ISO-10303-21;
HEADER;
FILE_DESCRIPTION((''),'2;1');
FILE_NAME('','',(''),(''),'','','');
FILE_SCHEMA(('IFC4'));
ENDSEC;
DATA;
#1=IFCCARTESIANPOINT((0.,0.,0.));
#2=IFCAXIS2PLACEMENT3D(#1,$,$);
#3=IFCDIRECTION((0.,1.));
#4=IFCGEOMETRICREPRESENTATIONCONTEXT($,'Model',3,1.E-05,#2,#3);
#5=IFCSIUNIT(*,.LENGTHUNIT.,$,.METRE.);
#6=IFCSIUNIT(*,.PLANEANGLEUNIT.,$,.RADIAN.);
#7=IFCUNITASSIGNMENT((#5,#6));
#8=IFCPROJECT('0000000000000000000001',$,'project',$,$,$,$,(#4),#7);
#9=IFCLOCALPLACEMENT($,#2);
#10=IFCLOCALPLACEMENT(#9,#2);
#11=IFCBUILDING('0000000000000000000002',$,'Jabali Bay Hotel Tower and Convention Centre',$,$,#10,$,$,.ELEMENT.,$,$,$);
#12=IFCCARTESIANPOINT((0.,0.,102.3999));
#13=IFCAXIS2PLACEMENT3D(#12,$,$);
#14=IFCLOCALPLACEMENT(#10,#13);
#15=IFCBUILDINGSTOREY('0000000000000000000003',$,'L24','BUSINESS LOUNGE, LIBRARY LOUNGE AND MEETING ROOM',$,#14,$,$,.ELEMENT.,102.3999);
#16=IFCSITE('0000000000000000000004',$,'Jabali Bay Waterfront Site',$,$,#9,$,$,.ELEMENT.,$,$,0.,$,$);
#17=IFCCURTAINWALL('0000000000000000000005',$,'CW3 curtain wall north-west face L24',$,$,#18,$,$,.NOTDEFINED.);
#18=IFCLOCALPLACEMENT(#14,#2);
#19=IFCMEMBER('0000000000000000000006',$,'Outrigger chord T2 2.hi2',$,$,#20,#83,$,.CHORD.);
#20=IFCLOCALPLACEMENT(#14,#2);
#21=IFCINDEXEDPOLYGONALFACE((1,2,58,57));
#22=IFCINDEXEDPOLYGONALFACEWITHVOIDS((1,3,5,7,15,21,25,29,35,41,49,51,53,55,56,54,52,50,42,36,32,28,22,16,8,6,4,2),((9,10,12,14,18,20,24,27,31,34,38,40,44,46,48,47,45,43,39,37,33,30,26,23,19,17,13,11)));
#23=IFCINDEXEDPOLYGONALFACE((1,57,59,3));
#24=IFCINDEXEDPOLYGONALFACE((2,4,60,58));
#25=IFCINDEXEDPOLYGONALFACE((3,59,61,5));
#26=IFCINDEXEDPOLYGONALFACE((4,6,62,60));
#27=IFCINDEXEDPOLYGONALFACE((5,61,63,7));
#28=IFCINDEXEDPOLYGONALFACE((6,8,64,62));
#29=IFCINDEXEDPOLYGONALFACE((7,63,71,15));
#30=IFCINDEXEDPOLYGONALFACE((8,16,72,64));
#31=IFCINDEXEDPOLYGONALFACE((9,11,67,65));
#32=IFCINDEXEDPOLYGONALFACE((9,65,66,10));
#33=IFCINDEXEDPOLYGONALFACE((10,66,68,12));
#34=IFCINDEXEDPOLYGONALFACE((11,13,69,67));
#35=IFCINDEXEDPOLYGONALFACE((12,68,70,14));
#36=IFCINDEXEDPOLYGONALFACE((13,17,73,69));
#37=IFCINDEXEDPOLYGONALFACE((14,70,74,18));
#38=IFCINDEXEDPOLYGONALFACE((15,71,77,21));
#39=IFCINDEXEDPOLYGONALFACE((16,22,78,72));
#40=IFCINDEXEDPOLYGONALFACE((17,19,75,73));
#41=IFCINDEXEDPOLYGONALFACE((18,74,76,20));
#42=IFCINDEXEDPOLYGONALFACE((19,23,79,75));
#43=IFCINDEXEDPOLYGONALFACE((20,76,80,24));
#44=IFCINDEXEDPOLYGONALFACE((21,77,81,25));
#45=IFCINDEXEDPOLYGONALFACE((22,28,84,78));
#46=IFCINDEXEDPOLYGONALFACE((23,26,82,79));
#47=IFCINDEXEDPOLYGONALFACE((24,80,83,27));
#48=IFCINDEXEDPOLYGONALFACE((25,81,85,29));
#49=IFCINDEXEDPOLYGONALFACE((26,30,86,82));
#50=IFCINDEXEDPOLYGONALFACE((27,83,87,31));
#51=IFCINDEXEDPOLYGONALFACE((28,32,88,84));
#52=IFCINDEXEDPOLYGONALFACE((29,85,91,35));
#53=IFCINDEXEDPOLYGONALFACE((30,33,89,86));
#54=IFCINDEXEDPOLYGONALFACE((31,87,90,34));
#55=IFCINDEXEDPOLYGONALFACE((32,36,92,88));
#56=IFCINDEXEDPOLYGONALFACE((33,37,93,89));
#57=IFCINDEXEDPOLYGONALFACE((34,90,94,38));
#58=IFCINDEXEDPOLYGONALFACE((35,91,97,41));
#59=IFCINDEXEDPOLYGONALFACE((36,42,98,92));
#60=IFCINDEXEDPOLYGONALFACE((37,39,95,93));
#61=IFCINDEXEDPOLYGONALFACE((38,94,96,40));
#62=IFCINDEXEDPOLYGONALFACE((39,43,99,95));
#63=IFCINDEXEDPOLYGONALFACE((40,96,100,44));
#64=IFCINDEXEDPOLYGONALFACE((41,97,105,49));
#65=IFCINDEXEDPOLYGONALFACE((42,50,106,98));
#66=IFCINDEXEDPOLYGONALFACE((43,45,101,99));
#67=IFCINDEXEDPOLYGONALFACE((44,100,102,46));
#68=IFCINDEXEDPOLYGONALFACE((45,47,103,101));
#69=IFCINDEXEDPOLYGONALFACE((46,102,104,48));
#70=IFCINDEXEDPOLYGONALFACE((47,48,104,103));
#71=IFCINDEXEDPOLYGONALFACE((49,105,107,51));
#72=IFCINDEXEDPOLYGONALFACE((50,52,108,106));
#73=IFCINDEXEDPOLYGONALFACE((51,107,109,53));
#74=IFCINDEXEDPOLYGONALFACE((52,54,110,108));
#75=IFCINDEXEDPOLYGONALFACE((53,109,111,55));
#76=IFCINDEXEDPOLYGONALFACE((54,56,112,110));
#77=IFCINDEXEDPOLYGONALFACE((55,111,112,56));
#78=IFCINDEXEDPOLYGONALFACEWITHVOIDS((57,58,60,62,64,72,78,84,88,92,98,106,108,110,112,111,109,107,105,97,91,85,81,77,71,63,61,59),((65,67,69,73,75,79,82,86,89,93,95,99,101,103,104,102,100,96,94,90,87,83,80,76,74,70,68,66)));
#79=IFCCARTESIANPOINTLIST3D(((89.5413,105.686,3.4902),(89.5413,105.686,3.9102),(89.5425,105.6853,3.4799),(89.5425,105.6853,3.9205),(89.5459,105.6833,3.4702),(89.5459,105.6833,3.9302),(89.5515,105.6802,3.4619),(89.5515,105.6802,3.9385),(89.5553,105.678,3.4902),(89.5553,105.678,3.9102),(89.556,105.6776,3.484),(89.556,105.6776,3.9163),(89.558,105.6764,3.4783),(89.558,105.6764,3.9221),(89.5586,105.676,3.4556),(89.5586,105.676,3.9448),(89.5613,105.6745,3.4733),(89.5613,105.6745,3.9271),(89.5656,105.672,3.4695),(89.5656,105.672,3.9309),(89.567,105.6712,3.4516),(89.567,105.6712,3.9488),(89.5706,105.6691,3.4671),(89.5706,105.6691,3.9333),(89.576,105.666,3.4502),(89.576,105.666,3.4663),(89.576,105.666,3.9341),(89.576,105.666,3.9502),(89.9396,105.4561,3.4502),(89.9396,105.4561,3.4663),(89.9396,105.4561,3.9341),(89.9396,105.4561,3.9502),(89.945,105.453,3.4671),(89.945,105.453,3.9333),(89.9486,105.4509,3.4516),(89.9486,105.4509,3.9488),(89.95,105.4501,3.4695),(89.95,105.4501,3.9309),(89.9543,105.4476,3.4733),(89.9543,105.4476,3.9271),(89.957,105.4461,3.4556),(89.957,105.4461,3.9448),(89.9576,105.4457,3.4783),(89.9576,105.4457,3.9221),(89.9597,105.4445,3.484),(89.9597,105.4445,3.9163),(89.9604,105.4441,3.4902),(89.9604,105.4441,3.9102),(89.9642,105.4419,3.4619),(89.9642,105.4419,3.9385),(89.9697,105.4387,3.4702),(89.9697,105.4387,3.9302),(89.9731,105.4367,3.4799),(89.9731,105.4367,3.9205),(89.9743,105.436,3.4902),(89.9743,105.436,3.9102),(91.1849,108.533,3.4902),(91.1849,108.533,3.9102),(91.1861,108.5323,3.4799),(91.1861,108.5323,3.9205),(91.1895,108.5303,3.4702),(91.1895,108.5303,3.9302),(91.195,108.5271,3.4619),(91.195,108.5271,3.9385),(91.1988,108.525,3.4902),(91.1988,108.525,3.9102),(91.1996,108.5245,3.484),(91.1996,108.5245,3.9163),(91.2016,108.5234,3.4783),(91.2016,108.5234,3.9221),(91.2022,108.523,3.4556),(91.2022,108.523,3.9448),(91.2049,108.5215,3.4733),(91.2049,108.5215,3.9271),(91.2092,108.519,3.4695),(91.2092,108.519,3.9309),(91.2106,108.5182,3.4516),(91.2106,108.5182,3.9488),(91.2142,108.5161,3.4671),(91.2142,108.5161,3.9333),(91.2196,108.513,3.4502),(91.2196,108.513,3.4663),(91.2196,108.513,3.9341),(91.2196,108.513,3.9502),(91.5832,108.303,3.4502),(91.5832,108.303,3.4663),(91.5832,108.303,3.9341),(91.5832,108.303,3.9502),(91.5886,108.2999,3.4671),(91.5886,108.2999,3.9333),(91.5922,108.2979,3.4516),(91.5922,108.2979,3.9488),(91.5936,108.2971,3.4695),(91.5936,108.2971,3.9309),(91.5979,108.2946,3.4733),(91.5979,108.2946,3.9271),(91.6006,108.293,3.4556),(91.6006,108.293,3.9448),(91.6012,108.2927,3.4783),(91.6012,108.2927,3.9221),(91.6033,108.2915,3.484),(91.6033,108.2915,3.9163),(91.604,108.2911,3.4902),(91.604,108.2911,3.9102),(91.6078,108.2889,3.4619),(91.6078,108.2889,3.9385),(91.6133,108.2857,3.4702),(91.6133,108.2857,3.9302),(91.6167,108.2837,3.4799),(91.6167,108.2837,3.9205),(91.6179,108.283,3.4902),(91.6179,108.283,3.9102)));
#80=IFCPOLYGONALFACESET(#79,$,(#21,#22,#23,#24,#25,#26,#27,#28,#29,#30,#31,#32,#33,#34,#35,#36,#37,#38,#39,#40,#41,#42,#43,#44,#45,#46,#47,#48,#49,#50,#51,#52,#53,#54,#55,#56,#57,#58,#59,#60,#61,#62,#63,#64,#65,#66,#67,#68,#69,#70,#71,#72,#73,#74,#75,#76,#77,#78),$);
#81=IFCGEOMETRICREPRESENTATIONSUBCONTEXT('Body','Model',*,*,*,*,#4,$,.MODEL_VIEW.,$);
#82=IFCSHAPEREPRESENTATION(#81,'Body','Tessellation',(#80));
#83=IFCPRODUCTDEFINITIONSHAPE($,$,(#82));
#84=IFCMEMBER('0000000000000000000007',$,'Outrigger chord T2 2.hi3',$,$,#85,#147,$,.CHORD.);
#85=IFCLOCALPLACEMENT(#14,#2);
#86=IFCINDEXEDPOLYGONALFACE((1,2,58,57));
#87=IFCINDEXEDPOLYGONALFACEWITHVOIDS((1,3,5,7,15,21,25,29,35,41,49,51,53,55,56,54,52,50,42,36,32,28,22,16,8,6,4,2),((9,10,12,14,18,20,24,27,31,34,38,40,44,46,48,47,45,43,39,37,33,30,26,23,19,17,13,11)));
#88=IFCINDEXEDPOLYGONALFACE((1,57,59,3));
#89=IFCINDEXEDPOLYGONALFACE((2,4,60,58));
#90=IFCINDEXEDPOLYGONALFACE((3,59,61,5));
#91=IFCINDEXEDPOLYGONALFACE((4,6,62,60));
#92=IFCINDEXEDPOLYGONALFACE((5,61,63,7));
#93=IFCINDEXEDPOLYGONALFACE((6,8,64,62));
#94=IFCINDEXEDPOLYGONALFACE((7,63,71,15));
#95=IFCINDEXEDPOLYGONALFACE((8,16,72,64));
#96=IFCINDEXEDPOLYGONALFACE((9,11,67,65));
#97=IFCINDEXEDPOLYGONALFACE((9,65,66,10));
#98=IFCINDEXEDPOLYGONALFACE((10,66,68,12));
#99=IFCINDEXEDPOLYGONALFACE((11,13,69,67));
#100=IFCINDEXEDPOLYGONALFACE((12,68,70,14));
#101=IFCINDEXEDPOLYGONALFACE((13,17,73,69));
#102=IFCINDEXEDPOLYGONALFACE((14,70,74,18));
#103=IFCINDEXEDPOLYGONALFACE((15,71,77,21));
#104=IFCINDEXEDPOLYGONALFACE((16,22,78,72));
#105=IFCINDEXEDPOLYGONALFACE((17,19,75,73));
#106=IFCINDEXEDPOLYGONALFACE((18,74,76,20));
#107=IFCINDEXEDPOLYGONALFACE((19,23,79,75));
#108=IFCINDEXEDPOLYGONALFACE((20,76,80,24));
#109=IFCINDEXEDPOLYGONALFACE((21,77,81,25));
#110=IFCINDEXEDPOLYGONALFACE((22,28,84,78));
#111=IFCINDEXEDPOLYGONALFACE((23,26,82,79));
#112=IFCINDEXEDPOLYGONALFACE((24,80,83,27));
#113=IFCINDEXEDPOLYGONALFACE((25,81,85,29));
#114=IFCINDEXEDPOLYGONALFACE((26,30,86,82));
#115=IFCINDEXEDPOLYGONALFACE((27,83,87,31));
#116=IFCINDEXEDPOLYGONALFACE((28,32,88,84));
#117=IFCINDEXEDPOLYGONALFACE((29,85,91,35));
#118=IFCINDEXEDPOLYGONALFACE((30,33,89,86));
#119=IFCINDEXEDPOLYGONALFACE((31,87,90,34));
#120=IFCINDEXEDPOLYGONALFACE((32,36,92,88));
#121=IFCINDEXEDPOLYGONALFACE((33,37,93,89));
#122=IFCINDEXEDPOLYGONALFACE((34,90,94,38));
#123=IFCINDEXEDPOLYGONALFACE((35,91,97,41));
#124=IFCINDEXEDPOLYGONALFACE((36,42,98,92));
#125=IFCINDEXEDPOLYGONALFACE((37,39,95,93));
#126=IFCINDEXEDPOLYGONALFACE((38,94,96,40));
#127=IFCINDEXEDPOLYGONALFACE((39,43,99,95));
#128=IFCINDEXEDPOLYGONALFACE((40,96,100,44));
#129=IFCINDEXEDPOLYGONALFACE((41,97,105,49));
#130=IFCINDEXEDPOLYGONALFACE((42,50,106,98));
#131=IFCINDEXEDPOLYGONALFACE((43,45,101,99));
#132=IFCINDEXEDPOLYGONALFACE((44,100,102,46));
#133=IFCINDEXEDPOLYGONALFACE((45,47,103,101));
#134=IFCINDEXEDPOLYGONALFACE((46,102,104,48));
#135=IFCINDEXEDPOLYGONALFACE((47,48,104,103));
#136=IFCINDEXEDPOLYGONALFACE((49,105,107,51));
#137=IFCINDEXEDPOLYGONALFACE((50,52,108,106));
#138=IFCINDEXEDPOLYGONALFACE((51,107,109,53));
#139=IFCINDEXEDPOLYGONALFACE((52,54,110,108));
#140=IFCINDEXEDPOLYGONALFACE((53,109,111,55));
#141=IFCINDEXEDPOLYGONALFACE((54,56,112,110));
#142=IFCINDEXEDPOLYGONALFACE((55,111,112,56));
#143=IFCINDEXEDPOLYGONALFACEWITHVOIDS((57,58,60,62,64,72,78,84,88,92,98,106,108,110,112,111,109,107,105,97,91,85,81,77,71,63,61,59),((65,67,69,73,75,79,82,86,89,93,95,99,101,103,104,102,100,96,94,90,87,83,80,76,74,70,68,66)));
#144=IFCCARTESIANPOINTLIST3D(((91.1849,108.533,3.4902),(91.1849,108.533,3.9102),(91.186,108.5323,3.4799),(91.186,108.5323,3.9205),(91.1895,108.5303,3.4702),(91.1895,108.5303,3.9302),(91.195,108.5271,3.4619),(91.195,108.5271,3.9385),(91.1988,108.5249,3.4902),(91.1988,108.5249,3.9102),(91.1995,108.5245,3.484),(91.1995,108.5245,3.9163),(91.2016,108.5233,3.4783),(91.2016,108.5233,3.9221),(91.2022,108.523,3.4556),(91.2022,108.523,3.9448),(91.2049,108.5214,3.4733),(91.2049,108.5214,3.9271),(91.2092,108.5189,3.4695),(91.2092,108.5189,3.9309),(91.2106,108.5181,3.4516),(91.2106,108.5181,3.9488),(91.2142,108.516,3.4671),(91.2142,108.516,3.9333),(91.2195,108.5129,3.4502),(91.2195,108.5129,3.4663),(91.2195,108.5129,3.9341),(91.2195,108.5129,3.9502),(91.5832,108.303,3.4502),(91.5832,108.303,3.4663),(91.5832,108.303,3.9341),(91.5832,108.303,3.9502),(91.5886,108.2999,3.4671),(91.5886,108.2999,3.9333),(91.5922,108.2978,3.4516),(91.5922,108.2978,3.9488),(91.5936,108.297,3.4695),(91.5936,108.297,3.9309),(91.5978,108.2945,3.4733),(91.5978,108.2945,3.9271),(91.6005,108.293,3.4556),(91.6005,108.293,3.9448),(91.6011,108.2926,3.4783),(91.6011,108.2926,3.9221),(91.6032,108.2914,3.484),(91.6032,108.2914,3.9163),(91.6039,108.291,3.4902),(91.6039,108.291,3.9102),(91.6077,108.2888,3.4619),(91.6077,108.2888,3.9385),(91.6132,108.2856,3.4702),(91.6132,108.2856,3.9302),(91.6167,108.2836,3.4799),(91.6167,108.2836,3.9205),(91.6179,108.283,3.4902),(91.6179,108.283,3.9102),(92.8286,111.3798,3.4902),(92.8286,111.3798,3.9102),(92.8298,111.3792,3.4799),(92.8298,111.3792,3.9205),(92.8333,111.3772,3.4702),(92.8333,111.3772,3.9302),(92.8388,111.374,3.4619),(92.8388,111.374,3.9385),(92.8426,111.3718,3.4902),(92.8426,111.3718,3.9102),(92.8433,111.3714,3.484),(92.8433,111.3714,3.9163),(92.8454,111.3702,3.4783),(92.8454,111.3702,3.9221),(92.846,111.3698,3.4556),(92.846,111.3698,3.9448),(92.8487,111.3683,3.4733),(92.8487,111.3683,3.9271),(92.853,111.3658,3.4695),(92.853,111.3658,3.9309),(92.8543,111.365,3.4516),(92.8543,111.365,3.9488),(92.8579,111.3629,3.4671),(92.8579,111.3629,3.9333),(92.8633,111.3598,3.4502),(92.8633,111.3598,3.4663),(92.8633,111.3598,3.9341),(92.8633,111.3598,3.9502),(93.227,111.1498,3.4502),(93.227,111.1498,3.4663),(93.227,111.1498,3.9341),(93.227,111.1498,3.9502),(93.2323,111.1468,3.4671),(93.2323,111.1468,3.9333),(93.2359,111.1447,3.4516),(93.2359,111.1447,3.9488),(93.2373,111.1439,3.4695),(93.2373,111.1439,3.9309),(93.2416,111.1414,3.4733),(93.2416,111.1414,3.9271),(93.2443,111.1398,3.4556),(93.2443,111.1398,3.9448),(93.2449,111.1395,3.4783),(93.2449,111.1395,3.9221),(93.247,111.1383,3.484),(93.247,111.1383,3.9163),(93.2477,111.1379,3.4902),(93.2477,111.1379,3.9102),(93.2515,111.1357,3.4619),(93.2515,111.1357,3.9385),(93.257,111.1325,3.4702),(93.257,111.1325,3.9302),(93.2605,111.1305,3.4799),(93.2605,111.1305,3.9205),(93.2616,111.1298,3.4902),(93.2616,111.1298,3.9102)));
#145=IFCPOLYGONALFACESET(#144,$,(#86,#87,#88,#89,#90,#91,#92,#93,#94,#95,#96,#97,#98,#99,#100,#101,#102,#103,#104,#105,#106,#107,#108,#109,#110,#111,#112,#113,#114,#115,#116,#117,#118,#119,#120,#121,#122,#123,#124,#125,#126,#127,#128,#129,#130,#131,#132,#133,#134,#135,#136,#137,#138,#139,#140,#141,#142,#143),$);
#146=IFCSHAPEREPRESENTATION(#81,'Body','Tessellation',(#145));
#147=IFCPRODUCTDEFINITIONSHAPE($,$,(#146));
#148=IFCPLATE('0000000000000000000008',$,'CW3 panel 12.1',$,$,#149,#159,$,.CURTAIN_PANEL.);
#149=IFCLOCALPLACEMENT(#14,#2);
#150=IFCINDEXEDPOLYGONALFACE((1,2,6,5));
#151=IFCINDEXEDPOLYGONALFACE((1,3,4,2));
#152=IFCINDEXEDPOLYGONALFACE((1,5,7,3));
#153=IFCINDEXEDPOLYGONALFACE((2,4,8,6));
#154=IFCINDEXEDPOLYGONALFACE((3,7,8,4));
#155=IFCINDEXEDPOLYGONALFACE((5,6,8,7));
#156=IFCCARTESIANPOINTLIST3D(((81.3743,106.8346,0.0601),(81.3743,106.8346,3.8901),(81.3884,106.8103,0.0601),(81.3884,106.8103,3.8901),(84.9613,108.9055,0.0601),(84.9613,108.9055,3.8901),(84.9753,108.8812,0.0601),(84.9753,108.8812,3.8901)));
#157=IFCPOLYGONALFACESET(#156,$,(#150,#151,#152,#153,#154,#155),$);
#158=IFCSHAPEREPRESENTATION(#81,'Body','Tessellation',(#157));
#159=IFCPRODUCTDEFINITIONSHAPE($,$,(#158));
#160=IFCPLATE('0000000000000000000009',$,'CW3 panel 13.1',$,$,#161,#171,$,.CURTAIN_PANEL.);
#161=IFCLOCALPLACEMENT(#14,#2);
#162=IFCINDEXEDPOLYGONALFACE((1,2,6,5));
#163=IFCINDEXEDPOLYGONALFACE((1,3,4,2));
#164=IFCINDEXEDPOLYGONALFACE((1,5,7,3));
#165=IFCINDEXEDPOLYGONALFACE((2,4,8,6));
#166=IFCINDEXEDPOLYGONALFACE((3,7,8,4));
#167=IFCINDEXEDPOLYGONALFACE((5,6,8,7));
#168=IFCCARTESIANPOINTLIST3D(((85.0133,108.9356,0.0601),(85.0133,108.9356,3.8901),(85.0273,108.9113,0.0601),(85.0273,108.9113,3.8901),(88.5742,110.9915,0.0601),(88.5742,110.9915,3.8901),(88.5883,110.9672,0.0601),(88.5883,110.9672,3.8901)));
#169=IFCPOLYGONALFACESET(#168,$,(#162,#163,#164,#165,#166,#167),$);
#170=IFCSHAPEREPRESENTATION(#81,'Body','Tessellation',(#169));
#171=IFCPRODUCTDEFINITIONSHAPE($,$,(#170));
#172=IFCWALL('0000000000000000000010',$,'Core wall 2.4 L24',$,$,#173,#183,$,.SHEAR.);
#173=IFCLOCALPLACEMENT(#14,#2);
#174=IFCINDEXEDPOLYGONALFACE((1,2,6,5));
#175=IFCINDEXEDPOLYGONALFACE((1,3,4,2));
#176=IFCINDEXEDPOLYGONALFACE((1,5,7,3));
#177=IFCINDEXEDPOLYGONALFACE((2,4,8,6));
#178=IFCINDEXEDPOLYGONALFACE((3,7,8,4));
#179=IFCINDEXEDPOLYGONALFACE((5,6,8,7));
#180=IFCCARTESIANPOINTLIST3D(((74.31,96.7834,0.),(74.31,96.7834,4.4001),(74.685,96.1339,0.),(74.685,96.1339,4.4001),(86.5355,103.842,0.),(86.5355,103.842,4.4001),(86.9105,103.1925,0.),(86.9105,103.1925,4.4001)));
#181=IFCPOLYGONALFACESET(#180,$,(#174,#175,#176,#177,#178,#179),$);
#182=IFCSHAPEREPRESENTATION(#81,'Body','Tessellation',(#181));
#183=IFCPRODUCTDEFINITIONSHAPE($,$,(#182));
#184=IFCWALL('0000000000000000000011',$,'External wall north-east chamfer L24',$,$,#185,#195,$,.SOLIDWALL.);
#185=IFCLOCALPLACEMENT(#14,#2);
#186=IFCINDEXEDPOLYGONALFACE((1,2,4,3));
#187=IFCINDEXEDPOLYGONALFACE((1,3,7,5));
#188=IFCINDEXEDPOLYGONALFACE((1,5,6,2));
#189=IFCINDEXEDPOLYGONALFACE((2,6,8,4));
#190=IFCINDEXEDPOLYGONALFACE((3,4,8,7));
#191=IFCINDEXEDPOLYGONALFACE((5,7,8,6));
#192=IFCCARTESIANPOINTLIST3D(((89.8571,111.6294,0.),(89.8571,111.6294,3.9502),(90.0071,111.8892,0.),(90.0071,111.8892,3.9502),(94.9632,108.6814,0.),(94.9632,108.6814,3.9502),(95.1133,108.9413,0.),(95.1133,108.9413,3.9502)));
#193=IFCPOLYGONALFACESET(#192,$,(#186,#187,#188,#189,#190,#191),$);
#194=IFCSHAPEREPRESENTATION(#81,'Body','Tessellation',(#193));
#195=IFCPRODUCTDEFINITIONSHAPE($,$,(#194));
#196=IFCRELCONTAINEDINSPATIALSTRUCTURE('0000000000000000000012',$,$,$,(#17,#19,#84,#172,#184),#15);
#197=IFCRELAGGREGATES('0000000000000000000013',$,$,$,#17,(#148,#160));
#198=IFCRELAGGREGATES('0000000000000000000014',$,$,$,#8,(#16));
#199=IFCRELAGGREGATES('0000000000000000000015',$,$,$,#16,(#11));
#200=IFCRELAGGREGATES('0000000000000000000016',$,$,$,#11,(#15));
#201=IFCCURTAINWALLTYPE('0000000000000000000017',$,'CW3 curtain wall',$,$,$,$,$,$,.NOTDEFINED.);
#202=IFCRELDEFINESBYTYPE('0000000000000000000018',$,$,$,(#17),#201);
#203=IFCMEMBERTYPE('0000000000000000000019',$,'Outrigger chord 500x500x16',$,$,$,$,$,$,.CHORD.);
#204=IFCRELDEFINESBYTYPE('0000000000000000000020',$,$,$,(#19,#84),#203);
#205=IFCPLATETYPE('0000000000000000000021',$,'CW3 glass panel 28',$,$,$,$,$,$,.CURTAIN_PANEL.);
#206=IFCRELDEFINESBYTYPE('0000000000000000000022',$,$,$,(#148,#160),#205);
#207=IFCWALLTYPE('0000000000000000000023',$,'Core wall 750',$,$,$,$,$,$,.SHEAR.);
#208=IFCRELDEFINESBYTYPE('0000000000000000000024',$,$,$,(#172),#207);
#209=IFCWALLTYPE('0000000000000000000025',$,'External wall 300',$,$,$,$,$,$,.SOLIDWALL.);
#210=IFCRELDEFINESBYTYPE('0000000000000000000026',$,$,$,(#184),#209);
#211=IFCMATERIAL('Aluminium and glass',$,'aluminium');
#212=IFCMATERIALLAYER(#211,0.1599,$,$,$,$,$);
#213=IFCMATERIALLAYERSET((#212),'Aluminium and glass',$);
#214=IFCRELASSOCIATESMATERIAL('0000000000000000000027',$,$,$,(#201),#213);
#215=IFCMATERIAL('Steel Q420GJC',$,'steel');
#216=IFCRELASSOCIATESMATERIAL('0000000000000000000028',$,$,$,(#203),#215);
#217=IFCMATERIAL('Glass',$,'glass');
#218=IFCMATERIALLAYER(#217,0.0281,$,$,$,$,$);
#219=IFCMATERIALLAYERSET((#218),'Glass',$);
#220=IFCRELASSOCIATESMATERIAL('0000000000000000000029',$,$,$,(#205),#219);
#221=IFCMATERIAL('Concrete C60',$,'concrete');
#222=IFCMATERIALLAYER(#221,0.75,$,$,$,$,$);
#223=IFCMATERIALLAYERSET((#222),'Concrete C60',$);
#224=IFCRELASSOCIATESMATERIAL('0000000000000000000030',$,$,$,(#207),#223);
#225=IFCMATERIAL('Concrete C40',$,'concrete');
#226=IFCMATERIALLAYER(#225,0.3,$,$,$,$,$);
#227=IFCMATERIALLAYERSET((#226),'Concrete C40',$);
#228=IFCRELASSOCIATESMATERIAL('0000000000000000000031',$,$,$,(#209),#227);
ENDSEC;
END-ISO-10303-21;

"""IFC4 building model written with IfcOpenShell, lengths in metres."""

from ifc_helpers import new_model, si_unit, direction, frame, frame_2d, origin, origin_2d, place, context, subcontext, project, spatial, rectangle, hollow_rectangle, extrude, material, layer, layer_set, material_profile, profile_set, type_object, element, aggregate, save


model = new_model("IFC4")

# Units and contexts
model_context = context("Model", 3, precision=1e-05, world=origin(), true_north=direction((0.0, 1.0)))
body_context = subcontext(model_context, "Body", "Model", "MODEL_VIEW")
ifc_project = project(units=[si_unit("LENGTHUNIT", "METRE"), si_unit("PLANEANGLEUNIT", "RADIAN")], contexts=[model_context])

# Site, building, storey
site_placement = place(None, origin())
site = spatial("IfcSite", under=ifc_project, at=site_placement, Name="Jabali Bay Waterfront Site", CompositionType="ELEMENT", RefElevation=0.0)
building_placement = place(site_placement, origin())
building = spatial("IfcBuilding", under=site, at=building_placement, Name="Jabali Bay Hotel Tower and Convention Centre", CompositionType="ELEMENT")
storey_placement = place(building_placement, frame((0.0, 0.0, 102.3999)))
storey = spatial("IfcBuildingStorey", under=building, at=storey_placement, Name="L24", Description="BUSINESS LOUNGE, LIBRARY LOUNGE AND MEETING ROOM", CompositionType="ELEMENT", Elevation=102.3999)

# Shared definitions
ifc_material_1 = material(Name="Concrete C60", Category="concrete")

# Shared definitions
ifc_material_2 = material(Name="Steel Q420GJC", Category="steel")

# Curtain wall
ifc_material_3 = material(Name="Aluminium and glass", Category="aluminium")
ifc_layer_1 = layer(ifc_material_3, 0.1599)
ifc_layer_set_1 = layer_set([ifc_layer_1], Name="Aluminium and glass")
curtain_wall_type = type_object("IfcCurtainWallType", Name="CW3 curtain wall", PredefinedType="NOTDEFINED", material=ifc_layer_set_1)
curtain_wall_placement = place(storey_placement, origin())
curtain_wall = element("IfcCurtainWall", 1, at=curtain_wall_placement, inside=storey, type_object=curtain_wall_type, Name="CW3 curtain wall north-west face L24", PredefinedType="NOTDEFINED")

# Members
ifc_material_profile_1 = material_profile(ifc_material_2, hollow_rectangle(XDim=0.5, YDim=0.5, WallThickness=0.0161, InnerFilletRadius=0.0239, OuterFilletRadius=0.04, at=origin_2d()), Name="Outrigger chord 500x500x16")
ifc_profile_set_1 = profile_set([ifc_material_profile_1], Name="Steel Q420GJC")
member_type_1 = type_object("IfcMemberType", Name="Outrigger chord 500x500x16", PredefinedType="CHORD", material=ifc_profile_set_1)
for number, where, z_axis, x_axis, name in (
    (2, (89.7578, 105.561, 3.7002), (0.499973, 0.866041, 0.0), (-0.866041, 0.499973, 0.0), "Outrigger chord T2 2.hi2"),
    (3, (91.4014, 108.408, 3.7002), (0.500029, 0.866009, 0.0), (-0.866009, 0.500029, 0.0), "Outrigger chord T2 2.hi3"),
):
    element("IfcMember", number, at=place(storey_placement, frame(where, z_axis=z_axis, x_axis=x_axis)), inside=storey, type_object=member_type_1, Name=name, PredefinedType="CHORD", context=body_context, shape_type="SweptSolid", body=[
        extrude(hollow_rectangle(XDim=0.5, YDim=0.5, WallThickness=0.0161, InnerFilletRadius=0.0239, OuterFilletRadius=0.04, at=origin_2d()), origin(), (0.0, 0.0, 1.0), 3.2874),
    ])

# Plates
ifc_material_4 = material(Name="Glass", Category="glass")
ifc_layer_2 = layer(ifc_material_4, 0.0281)
ifc_layer_set_2 = layer_set([ifc_layer_2], Name="Glass")
plate_type = type_object("IfcPlateType", Name="CW3 glass panel 28", PredefinedType="CURTAIN_PANEL", material=ifc_layer_set_2)
plate_1_placement = place(storey_placement, frame((83.1748, 107.8579, 0.0601), z_axis=(0.0, 0.0, 1.0), x_axis=(0.866025, 0.5, 0.0)))
plate_1 = element("IfcPlate", 4, at=plate_1_placement, type_object=plate_type, Name="CW3 panel 12.1", PredefinedType="CURTAIN_PANEL", context=body_context, shape_type="SweptSolid", body=[
    extrude(rectangle(XDim=4.1418, YDim=0.0281, at=origin_2d()), origin(), (0.0, 0.0, 1.0), 3.8301),
])
plate_2_placement = place(storey_placement, frame((86.8008, 109.9514, 0.0601), z_axis=(0.0, 0.0, 1.0), x_axis=(0.866025, 0.5, 0.0)))
plate_2 = element("IfcPlate", 5, at=plate_2_placement, type_object=plate_type, Name="CW3 panel 13.1", PredefinedType="CURTAIN_PANEL", context=body_context, shape_type="SweptSolid", body=[
    extrude(rectangle(XDim=4.1118, YDim=0.0281, at=origin_2d()), origin(), (0.0, 0.0, 1.0), 3.8301),
])
aggregate(curtain_wall, [plate_1, plate_2])

# Walls
ifc_layer_3 = layer(ifc_material_1, 0.75)
ifc_layer_set_3 = layer_set([ifc_layer_3], Name="Concrete C60")
wall_type_1 = type_object("IfcWallType", Name="Core wall 750", PredefinedType="SHEAR", material=ifc_layer_set_3)
wall_1_placement = place(storey_placement, frame((86.7231, 103.5173, 0.0), z_axis=(0.0, 0.0, 1.0), x_axis=(-0.866021, -0.500008, 0.0)))
element("IfcWall", 6, at=wall_1_placement, inside=storey, type_object=wall_type_1, Name="Core wall 2.4 L24", PredefinedType="SHEAR", context=body_context, shape_type="SweptSolid", body=[
    extrude(rectangle(XDim=14.1169, YDim=0.75, at=frame_2d((7.0586, 0.0))), origin(), (0.0, 0.0, 1.0), 4.4001),
])
ifc_material_5 = material(Name="Concrete C40", Category="concrete")
ifc_layer_4 = layer(ifc_material_5, 0.3)
ifc_layer_set_4 = layer_set([ifc_layer_4], Name="Concrete C40")
wall_type_2 = type_object("IfcWallType", Name="External wall 300", PredefinedType="SOLIDWALL", material=ifc_layer_set_4)
wall_2_placement = place(storey_placement, frame((89.9321, 111.7593, 0.0), z_axis=(0.0, 0.0, 1.0), x_axis=(0.86603, -0.499991, 0.0)))
element("IfcWall", 7, at=wall_2_placement, inside=storey, type_object=wall_type_2, Name="External wall north-east chamfer L24", PredefinedType="SOLIDWALL", context=body_context, shape_type="SweptSolid", body=[
    extrude(rectangle(XDim=5.896, YDim=0.3, at=frame_2d((2.948, 0.0))), origin(), (0.0, 0.0, 1.0), 3.9502),
])

save(model, "model.ifc")
